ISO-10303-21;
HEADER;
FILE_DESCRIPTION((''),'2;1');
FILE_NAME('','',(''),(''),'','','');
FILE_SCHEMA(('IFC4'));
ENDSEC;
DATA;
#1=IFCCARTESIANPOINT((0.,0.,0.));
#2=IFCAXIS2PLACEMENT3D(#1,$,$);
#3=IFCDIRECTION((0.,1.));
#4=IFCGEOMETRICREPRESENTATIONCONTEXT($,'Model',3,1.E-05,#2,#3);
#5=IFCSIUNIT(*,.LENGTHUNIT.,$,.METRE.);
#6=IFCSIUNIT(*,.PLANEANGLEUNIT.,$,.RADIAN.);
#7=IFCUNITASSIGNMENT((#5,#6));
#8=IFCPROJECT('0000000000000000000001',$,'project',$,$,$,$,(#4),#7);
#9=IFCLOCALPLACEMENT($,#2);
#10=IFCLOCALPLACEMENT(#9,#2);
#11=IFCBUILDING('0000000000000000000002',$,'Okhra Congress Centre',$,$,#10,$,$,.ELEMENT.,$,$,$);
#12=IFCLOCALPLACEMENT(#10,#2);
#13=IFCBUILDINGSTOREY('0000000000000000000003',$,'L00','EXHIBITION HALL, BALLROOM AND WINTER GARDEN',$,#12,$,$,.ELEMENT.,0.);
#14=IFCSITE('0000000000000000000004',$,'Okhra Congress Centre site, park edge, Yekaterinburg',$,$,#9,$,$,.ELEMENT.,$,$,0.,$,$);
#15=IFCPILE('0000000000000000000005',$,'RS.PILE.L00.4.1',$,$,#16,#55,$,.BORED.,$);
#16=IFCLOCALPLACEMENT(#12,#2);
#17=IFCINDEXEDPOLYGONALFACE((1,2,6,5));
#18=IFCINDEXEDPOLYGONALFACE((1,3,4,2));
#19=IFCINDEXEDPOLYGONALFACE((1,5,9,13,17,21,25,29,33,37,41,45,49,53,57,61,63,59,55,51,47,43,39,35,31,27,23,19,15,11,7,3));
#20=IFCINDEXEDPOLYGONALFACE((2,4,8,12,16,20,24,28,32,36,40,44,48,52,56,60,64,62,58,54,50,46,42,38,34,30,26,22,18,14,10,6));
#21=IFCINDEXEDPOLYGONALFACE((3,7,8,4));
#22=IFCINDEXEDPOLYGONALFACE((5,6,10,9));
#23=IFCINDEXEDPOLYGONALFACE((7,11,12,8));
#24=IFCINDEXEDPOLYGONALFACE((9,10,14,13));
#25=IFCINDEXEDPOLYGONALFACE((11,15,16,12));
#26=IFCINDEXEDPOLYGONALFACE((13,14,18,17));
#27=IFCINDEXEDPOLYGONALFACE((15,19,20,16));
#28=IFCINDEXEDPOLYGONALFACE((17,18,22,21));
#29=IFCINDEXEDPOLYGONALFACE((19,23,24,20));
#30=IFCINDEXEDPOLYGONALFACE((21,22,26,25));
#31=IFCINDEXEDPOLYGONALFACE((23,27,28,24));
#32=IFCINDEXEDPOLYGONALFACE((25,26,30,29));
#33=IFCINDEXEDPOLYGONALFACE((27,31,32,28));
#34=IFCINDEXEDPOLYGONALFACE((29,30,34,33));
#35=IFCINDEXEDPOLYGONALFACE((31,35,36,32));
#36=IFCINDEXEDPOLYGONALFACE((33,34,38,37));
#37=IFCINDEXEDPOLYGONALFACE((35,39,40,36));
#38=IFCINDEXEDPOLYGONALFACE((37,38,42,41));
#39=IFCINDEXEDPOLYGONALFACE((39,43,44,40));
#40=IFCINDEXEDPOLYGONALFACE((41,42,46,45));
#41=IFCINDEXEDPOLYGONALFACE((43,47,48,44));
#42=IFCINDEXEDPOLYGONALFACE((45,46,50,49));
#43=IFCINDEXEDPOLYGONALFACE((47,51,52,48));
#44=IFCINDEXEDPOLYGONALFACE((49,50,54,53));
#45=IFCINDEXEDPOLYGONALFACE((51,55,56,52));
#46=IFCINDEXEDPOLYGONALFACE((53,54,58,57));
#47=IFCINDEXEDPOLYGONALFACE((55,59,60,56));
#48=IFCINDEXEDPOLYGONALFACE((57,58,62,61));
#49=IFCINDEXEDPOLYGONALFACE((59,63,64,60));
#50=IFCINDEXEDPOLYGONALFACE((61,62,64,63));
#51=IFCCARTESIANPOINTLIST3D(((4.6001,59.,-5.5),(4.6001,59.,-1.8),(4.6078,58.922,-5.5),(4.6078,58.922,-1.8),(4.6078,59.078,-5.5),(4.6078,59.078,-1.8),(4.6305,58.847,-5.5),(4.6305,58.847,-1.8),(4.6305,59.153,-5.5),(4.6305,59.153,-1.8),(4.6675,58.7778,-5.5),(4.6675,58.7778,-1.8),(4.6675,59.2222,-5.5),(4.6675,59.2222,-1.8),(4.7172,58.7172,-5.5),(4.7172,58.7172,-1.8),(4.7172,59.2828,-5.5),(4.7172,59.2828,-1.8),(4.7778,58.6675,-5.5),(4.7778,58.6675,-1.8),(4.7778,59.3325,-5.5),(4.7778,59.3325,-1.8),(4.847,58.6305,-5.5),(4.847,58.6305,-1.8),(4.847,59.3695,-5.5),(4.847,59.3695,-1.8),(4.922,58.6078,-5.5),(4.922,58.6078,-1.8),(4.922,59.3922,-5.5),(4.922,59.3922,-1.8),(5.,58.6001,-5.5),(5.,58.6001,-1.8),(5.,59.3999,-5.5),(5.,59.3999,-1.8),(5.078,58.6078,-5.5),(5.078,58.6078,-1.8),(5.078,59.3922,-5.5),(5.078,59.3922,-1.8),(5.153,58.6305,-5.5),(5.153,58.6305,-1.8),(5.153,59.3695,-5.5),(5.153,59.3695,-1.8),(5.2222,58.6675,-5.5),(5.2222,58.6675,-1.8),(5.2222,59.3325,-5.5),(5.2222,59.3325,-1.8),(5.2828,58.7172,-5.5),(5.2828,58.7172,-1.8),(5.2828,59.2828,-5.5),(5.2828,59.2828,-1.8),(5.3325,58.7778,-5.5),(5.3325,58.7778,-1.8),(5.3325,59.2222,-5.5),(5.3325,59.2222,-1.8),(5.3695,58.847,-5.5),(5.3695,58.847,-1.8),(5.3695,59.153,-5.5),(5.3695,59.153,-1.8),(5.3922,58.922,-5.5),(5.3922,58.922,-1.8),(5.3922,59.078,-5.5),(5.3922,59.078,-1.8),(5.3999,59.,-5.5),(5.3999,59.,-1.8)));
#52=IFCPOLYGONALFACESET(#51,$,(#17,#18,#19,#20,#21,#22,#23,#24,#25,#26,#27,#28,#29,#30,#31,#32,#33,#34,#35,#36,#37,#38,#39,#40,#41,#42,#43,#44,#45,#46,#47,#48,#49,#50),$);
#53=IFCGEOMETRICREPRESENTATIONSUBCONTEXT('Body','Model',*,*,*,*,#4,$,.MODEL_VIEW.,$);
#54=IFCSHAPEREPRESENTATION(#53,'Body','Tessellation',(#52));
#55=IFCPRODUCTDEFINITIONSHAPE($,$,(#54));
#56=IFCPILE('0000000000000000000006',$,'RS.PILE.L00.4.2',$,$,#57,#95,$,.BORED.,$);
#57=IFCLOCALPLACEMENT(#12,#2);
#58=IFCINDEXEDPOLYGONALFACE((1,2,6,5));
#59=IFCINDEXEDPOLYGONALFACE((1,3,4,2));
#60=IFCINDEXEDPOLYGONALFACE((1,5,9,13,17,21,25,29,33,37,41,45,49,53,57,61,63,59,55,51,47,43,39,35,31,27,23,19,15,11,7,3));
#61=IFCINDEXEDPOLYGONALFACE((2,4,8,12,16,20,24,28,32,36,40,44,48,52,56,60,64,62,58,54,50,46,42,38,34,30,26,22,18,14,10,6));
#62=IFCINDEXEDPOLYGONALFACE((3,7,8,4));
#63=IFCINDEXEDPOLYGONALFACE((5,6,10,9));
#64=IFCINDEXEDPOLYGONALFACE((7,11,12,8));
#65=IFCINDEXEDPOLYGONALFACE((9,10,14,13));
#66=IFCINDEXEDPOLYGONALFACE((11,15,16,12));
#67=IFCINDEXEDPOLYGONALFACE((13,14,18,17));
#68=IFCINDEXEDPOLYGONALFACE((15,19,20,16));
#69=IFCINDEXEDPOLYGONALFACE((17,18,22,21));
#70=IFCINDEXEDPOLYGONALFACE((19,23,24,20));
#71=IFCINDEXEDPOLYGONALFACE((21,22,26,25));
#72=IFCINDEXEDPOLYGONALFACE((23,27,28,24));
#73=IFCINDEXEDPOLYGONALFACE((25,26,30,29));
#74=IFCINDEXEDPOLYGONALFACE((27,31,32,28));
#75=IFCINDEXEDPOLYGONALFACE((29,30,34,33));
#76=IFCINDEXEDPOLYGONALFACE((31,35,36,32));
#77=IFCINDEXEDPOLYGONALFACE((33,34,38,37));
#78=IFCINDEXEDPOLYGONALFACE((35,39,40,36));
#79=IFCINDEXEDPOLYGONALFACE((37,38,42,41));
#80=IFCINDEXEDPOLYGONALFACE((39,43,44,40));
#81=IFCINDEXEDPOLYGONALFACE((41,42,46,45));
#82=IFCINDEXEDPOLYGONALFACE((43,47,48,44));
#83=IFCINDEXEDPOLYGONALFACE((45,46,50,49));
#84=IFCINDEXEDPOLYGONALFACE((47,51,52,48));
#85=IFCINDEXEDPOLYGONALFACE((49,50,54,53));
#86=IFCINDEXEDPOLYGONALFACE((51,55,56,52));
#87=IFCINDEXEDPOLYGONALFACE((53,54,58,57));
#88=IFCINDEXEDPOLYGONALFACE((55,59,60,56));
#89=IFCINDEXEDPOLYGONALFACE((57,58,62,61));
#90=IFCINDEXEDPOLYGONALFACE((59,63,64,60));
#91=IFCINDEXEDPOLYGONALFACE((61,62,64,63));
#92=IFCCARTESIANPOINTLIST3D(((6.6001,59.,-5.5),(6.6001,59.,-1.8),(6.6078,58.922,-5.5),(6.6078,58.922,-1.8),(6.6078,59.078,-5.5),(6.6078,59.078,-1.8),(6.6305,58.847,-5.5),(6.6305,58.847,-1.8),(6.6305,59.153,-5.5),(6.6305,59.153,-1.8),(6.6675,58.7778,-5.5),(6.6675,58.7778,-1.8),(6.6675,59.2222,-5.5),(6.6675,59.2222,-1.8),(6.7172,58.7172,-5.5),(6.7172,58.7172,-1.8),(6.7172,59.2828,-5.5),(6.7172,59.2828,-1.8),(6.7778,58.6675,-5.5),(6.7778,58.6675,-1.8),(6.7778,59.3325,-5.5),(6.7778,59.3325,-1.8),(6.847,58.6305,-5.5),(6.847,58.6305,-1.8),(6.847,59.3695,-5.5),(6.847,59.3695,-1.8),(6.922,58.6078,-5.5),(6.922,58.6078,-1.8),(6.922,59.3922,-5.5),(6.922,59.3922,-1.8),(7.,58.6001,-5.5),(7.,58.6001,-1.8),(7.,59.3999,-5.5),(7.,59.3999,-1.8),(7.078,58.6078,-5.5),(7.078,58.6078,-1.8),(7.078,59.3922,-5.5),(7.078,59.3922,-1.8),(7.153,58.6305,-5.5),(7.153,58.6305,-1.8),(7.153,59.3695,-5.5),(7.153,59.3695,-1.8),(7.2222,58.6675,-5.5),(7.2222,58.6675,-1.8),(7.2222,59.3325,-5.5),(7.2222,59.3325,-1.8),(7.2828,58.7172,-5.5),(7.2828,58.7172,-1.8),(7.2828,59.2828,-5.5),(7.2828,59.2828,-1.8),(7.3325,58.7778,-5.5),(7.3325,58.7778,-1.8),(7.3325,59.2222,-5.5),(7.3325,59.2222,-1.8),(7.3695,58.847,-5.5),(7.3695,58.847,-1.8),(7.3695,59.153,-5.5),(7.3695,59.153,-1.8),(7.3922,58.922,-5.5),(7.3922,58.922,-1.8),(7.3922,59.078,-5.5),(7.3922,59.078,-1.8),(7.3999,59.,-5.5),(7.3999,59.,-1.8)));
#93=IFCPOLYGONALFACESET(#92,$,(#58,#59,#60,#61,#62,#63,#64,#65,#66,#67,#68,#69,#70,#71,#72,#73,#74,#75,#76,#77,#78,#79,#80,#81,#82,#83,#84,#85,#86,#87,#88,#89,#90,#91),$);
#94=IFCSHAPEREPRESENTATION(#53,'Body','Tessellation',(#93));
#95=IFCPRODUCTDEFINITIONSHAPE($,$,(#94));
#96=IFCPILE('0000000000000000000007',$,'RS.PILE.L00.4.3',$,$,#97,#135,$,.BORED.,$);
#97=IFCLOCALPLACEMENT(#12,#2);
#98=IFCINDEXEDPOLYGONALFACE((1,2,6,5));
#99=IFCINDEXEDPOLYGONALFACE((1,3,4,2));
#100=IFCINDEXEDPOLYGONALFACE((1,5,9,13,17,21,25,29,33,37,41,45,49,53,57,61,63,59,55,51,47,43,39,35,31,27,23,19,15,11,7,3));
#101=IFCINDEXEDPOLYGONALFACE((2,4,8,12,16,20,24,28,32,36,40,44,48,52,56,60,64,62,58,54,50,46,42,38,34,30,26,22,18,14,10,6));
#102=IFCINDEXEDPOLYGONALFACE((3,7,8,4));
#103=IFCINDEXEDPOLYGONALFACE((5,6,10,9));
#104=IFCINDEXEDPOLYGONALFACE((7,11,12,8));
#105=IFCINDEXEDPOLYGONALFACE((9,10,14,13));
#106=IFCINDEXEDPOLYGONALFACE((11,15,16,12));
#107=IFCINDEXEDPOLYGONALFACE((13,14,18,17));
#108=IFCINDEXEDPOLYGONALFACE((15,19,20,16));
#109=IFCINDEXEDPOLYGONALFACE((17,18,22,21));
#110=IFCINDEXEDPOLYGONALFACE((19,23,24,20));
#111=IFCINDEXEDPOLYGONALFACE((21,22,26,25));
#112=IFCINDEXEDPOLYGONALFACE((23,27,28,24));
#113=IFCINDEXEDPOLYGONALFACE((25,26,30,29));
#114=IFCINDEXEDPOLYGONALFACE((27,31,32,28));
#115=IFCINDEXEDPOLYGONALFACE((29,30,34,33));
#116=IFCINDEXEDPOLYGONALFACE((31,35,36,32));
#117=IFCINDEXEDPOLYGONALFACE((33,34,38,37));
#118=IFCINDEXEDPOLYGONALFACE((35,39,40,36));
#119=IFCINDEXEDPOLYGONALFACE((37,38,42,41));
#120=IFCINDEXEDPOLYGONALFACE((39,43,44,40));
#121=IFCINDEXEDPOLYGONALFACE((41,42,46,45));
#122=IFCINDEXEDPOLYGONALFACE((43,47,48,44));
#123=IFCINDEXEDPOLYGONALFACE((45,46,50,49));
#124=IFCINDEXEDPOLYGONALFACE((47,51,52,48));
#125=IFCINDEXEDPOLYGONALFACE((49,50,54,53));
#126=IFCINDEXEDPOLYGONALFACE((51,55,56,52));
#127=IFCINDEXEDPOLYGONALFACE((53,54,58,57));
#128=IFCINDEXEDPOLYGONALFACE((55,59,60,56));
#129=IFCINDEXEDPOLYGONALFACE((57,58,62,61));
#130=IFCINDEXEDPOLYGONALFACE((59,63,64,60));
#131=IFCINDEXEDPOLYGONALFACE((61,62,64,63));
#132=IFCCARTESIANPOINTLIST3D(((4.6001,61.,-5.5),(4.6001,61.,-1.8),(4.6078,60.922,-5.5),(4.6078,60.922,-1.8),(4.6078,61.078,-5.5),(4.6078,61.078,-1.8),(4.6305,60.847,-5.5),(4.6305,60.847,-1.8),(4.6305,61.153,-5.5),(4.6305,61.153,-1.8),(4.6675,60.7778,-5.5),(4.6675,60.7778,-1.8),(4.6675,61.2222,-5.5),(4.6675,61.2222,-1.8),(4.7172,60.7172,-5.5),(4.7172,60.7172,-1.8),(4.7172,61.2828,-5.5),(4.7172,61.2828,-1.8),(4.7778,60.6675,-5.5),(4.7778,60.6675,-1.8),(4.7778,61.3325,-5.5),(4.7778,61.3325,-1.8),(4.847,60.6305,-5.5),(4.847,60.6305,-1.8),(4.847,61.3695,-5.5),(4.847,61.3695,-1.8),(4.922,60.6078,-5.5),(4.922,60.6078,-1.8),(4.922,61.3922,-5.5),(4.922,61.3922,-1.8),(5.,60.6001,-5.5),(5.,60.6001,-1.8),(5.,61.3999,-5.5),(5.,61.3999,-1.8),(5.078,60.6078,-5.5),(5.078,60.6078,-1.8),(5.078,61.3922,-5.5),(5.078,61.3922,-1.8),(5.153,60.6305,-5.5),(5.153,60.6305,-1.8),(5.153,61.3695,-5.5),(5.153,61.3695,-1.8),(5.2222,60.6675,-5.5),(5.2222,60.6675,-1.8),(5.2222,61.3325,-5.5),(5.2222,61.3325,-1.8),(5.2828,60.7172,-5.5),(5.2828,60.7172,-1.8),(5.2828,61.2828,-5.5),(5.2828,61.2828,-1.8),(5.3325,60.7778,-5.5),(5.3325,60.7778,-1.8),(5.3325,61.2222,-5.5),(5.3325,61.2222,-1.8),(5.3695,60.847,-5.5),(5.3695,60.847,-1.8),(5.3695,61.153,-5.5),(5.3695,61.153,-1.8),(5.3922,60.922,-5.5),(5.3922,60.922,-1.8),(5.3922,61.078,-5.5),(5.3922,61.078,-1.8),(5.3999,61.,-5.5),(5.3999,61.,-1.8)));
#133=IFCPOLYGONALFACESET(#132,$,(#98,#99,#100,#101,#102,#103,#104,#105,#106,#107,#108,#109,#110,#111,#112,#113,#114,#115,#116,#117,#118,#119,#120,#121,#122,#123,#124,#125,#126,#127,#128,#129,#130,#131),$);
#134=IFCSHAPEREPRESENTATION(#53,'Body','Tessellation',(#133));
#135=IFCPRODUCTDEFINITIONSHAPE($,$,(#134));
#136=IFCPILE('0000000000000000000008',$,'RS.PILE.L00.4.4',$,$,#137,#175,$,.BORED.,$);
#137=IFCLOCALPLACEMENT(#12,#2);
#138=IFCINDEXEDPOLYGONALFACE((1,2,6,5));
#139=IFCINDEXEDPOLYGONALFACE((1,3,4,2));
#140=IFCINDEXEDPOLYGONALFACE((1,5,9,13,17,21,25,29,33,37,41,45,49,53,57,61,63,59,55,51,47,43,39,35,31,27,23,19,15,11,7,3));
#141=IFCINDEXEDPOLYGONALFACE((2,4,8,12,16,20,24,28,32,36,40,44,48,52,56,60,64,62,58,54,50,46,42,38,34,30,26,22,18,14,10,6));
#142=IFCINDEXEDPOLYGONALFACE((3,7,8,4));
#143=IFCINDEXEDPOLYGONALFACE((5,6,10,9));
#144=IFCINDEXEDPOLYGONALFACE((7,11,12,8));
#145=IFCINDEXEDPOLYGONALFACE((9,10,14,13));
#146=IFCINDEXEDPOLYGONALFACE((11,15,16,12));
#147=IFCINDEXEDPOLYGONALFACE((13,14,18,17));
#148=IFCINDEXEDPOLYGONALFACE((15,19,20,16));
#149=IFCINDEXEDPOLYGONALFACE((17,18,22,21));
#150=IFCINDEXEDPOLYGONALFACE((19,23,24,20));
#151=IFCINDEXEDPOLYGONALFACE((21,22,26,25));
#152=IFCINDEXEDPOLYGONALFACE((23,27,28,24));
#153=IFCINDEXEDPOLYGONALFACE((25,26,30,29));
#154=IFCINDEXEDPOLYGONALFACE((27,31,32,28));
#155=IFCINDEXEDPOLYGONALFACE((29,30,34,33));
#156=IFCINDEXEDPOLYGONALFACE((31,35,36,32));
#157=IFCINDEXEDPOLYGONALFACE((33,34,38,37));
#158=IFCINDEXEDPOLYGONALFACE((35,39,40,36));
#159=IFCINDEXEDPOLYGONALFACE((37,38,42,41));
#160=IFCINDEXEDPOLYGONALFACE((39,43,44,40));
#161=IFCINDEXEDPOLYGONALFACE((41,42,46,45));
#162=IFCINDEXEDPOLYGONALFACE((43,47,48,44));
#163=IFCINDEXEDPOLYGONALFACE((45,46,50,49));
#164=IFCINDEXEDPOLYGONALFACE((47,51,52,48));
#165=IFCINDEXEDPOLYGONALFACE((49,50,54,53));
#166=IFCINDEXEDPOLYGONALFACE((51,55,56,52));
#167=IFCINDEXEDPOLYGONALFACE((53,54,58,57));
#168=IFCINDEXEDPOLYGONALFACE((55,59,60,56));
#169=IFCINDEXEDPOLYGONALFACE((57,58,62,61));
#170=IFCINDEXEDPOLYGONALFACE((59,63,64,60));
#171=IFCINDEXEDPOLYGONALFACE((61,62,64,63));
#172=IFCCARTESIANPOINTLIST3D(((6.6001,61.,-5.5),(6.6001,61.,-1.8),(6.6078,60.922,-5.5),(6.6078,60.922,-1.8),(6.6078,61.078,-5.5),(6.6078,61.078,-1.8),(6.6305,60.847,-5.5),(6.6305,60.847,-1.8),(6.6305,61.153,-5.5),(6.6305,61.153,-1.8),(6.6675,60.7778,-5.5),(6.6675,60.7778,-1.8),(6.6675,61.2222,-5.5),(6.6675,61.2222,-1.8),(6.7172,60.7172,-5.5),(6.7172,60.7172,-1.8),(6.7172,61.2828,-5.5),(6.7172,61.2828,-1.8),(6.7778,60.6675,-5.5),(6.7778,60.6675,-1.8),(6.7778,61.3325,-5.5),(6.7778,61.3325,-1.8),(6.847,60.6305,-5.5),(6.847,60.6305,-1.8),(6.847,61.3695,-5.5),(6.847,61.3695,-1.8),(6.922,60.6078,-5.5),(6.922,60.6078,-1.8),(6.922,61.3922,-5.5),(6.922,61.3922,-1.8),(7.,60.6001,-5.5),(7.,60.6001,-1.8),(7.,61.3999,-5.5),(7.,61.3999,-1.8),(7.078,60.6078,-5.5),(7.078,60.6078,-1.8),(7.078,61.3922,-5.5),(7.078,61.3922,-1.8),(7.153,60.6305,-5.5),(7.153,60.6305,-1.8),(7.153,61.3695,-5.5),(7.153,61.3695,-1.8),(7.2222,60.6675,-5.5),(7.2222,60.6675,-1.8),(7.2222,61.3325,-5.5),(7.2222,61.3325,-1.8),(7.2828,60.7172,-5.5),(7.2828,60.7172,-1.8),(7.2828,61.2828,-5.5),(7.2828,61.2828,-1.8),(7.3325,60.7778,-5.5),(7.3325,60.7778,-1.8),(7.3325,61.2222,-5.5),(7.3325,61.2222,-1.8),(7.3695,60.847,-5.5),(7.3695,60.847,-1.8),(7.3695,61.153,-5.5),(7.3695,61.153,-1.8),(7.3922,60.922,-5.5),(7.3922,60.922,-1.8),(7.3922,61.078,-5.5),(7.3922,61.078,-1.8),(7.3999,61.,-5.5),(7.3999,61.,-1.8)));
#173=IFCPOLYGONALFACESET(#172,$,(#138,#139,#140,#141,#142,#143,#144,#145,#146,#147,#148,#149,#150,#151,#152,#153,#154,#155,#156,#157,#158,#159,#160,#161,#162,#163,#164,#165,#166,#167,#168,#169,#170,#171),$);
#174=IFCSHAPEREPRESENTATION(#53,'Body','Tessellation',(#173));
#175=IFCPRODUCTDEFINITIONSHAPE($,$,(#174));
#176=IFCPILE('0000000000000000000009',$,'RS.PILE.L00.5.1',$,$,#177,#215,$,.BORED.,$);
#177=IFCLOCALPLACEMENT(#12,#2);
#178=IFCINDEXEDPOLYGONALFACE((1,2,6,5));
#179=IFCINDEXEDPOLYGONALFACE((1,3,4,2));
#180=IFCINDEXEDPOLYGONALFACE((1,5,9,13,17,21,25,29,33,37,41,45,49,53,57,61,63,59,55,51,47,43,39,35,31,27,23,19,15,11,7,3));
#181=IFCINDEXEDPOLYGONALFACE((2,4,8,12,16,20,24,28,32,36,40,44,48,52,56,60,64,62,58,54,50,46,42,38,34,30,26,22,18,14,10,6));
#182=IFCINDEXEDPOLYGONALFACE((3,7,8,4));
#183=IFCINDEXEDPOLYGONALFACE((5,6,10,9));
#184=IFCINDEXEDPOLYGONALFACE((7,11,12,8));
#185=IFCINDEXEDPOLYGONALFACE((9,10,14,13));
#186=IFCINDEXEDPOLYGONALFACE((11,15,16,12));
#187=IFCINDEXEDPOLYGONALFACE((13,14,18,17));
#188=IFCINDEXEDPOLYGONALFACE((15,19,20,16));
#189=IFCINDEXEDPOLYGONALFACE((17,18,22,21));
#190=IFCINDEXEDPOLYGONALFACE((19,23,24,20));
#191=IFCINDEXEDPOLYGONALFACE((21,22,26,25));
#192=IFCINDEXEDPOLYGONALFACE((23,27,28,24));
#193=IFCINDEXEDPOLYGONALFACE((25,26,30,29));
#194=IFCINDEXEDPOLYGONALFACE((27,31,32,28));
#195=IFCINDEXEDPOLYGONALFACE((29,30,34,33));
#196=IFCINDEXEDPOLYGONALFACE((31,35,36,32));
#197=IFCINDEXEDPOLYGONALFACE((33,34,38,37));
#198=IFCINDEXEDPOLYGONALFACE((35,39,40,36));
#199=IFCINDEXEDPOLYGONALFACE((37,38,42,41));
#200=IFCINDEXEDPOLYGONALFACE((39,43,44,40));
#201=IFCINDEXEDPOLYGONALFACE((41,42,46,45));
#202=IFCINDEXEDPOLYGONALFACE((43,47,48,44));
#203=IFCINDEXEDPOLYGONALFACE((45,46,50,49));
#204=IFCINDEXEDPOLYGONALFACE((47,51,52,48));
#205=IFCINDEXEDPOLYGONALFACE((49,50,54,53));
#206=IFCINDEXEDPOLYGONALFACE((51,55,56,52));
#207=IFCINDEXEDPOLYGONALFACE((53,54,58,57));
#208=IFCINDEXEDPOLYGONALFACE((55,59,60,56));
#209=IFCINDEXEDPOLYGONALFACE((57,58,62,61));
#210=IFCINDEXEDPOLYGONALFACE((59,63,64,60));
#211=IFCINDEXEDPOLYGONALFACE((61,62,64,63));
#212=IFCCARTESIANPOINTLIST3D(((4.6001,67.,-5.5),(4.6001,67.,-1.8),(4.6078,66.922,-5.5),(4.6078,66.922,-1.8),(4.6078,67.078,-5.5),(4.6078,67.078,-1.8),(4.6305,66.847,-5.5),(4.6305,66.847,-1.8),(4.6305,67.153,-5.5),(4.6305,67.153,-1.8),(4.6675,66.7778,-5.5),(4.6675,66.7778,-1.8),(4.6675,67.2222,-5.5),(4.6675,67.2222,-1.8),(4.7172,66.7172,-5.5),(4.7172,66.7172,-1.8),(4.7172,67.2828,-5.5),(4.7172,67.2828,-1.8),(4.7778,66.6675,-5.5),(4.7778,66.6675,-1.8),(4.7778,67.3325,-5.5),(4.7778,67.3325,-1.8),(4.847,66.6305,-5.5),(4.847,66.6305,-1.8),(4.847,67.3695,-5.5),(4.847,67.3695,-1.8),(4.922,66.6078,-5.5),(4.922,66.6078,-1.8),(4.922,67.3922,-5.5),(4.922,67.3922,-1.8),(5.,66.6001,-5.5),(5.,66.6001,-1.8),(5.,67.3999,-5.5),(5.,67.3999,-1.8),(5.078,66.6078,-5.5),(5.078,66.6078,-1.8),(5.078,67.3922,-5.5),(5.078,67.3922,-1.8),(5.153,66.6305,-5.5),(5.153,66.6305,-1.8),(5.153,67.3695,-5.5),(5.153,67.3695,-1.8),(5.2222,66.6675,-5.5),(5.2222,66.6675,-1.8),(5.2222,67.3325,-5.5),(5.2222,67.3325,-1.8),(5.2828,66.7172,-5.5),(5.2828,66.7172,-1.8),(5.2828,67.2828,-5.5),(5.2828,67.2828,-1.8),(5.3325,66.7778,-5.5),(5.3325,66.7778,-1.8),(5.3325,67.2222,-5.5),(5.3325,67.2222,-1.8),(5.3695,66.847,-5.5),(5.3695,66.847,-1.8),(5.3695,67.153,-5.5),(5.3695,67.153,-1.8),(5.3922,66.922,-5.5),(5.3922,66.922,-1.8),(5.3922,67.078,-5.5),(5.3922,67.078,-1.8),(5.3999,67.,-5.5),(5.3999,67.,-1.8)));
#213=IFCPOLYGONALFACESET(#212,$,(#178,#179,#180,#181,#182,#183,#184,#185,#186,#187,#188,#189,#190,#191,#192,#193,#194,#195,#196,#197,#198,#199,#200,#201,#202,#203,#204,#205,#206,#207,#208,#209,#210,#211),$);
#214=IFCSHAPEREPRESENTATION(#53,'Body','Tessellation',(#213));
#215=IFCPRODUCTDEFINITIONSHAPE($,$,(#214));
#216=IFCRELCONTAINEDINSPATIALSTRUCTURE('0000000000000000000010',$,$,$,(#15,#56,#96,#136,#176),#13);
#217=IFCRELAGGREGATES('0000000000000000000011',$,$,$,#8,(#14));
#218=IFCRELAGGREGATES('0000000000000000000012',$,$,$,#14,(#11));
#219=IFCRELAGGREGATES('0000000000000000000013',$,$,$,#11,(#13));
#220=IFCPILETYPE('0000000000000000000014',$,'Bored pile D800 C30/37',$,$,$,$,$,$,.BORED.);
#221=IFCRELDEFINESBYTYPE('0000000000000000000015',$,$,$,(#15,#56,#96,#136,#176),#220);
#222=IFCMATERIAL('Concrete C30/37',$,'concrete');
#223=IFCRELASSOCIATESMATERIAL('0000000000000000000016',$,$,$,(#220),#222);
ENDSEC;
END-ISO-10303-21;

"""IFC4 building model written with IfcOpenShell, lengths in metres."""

from ifc_helpers import new_model, si_unit, direction, frame, origin, origin_2d, place, context, subcontext, project, spatial, circle, extrude, material, material_profile, profile_set, type_object, element, save


model = new_model("IFC4")

# Units and contexts
model_context = context("Model", 3, precision=1e-05, world=origin(), true_north=direction((0.0, 1.0)))
body_context = subcontext(model_context, "Body", "Model", "MODEL_VIEW")
ifc_project = project(units=[si_unit("LENGTHUNIT", "METRE"), si_unit("PLANEANGLEUNIT", "RADIAN")], contexts=[model_context])

# Site, building, storey
site_placement = place(None, origin())
site = spatial("IfcSite", under=ifc_project, at=site_placement, Name="Okhra Congress Centre site, park edge, Yekaterinburg", CompositionType="ELEMENT", RefElevation=0.0)
building_placement = place(site_placement, origin())
building = spatial("IfcBuilding", under=site, at=building_placement, Name="Okhra Congress Centre", CompositionType="ELEMENT")
storey_placement = place(building_placement, origin())
storey = spatial("IfcBuildingStorey", under=building, at=storey_placement, Name="L00", Description="EXHIBITION HALL, BALLROOM AND WINTER GARDEN", CompositionType="ELEMENT", Elevation=0.0)

# Piles
ifc_material_1 = material(Name="Concrete C30/37", Category="concrete")
ifc_material_profile_1 = material_profile(ifc_material_1, circle(Radius=0.3999, at=origin_2d()), Name="D800")
ifc_profile_set_1 = profile_set([ifc_material_profile_1], Name="Concrete C30/37")
pile_type = type_object("IfcPileType", Name="Bored pile D800 C30/37", PredefinedType="BORED", material=ifc_profile_set_1)
for number, where, z_axis, x_axis, name in (
    (1, (5.0, 59.0, -1.8), (0.0, 0.0, -1.0), (1.0, 0.0, 0.0), "RS.PILE.L00.4.1"),
    (2, (7.0, 59.0, -1.8), (0.0, 0.0, -1.0), (1.0, 0.0, 0.0), "RS.PILE.L00.4.2"),
    (3, (5.0, 61.0, -1.8), (0.0, 0.0, -1.0), (1.0, 0.0, 0.0), "RS.PILE.L00.4.3"),
    (4, (7.0, 61.0, -1.8), (0.0, 0.0, -1.0), (1.0, 0.0, 0.0), "RS.PILE.L00.4.4"),
    (5, (5.0, 67.0, -1.8), (0.0, 0.0, -1.0), (1.0, 0.0, 0.0), "RS.PILE.L00.5.1"),
):
    element("IfcPile", number, at=place(storey_placement, frame(where, z_axis=z_axis, x_axis=x_axis)), inside=storey, type_object=pile_type, Name=name, PredefinedType="BORED", context=body_context, shape_type="SweptSolid", body=[
        extrude(circle(Radius=0.3999, at=origin_2d()), origin(), (0.0, 0.0, 1.0), 3.7),
    ])

save(model, "model.ifc")
